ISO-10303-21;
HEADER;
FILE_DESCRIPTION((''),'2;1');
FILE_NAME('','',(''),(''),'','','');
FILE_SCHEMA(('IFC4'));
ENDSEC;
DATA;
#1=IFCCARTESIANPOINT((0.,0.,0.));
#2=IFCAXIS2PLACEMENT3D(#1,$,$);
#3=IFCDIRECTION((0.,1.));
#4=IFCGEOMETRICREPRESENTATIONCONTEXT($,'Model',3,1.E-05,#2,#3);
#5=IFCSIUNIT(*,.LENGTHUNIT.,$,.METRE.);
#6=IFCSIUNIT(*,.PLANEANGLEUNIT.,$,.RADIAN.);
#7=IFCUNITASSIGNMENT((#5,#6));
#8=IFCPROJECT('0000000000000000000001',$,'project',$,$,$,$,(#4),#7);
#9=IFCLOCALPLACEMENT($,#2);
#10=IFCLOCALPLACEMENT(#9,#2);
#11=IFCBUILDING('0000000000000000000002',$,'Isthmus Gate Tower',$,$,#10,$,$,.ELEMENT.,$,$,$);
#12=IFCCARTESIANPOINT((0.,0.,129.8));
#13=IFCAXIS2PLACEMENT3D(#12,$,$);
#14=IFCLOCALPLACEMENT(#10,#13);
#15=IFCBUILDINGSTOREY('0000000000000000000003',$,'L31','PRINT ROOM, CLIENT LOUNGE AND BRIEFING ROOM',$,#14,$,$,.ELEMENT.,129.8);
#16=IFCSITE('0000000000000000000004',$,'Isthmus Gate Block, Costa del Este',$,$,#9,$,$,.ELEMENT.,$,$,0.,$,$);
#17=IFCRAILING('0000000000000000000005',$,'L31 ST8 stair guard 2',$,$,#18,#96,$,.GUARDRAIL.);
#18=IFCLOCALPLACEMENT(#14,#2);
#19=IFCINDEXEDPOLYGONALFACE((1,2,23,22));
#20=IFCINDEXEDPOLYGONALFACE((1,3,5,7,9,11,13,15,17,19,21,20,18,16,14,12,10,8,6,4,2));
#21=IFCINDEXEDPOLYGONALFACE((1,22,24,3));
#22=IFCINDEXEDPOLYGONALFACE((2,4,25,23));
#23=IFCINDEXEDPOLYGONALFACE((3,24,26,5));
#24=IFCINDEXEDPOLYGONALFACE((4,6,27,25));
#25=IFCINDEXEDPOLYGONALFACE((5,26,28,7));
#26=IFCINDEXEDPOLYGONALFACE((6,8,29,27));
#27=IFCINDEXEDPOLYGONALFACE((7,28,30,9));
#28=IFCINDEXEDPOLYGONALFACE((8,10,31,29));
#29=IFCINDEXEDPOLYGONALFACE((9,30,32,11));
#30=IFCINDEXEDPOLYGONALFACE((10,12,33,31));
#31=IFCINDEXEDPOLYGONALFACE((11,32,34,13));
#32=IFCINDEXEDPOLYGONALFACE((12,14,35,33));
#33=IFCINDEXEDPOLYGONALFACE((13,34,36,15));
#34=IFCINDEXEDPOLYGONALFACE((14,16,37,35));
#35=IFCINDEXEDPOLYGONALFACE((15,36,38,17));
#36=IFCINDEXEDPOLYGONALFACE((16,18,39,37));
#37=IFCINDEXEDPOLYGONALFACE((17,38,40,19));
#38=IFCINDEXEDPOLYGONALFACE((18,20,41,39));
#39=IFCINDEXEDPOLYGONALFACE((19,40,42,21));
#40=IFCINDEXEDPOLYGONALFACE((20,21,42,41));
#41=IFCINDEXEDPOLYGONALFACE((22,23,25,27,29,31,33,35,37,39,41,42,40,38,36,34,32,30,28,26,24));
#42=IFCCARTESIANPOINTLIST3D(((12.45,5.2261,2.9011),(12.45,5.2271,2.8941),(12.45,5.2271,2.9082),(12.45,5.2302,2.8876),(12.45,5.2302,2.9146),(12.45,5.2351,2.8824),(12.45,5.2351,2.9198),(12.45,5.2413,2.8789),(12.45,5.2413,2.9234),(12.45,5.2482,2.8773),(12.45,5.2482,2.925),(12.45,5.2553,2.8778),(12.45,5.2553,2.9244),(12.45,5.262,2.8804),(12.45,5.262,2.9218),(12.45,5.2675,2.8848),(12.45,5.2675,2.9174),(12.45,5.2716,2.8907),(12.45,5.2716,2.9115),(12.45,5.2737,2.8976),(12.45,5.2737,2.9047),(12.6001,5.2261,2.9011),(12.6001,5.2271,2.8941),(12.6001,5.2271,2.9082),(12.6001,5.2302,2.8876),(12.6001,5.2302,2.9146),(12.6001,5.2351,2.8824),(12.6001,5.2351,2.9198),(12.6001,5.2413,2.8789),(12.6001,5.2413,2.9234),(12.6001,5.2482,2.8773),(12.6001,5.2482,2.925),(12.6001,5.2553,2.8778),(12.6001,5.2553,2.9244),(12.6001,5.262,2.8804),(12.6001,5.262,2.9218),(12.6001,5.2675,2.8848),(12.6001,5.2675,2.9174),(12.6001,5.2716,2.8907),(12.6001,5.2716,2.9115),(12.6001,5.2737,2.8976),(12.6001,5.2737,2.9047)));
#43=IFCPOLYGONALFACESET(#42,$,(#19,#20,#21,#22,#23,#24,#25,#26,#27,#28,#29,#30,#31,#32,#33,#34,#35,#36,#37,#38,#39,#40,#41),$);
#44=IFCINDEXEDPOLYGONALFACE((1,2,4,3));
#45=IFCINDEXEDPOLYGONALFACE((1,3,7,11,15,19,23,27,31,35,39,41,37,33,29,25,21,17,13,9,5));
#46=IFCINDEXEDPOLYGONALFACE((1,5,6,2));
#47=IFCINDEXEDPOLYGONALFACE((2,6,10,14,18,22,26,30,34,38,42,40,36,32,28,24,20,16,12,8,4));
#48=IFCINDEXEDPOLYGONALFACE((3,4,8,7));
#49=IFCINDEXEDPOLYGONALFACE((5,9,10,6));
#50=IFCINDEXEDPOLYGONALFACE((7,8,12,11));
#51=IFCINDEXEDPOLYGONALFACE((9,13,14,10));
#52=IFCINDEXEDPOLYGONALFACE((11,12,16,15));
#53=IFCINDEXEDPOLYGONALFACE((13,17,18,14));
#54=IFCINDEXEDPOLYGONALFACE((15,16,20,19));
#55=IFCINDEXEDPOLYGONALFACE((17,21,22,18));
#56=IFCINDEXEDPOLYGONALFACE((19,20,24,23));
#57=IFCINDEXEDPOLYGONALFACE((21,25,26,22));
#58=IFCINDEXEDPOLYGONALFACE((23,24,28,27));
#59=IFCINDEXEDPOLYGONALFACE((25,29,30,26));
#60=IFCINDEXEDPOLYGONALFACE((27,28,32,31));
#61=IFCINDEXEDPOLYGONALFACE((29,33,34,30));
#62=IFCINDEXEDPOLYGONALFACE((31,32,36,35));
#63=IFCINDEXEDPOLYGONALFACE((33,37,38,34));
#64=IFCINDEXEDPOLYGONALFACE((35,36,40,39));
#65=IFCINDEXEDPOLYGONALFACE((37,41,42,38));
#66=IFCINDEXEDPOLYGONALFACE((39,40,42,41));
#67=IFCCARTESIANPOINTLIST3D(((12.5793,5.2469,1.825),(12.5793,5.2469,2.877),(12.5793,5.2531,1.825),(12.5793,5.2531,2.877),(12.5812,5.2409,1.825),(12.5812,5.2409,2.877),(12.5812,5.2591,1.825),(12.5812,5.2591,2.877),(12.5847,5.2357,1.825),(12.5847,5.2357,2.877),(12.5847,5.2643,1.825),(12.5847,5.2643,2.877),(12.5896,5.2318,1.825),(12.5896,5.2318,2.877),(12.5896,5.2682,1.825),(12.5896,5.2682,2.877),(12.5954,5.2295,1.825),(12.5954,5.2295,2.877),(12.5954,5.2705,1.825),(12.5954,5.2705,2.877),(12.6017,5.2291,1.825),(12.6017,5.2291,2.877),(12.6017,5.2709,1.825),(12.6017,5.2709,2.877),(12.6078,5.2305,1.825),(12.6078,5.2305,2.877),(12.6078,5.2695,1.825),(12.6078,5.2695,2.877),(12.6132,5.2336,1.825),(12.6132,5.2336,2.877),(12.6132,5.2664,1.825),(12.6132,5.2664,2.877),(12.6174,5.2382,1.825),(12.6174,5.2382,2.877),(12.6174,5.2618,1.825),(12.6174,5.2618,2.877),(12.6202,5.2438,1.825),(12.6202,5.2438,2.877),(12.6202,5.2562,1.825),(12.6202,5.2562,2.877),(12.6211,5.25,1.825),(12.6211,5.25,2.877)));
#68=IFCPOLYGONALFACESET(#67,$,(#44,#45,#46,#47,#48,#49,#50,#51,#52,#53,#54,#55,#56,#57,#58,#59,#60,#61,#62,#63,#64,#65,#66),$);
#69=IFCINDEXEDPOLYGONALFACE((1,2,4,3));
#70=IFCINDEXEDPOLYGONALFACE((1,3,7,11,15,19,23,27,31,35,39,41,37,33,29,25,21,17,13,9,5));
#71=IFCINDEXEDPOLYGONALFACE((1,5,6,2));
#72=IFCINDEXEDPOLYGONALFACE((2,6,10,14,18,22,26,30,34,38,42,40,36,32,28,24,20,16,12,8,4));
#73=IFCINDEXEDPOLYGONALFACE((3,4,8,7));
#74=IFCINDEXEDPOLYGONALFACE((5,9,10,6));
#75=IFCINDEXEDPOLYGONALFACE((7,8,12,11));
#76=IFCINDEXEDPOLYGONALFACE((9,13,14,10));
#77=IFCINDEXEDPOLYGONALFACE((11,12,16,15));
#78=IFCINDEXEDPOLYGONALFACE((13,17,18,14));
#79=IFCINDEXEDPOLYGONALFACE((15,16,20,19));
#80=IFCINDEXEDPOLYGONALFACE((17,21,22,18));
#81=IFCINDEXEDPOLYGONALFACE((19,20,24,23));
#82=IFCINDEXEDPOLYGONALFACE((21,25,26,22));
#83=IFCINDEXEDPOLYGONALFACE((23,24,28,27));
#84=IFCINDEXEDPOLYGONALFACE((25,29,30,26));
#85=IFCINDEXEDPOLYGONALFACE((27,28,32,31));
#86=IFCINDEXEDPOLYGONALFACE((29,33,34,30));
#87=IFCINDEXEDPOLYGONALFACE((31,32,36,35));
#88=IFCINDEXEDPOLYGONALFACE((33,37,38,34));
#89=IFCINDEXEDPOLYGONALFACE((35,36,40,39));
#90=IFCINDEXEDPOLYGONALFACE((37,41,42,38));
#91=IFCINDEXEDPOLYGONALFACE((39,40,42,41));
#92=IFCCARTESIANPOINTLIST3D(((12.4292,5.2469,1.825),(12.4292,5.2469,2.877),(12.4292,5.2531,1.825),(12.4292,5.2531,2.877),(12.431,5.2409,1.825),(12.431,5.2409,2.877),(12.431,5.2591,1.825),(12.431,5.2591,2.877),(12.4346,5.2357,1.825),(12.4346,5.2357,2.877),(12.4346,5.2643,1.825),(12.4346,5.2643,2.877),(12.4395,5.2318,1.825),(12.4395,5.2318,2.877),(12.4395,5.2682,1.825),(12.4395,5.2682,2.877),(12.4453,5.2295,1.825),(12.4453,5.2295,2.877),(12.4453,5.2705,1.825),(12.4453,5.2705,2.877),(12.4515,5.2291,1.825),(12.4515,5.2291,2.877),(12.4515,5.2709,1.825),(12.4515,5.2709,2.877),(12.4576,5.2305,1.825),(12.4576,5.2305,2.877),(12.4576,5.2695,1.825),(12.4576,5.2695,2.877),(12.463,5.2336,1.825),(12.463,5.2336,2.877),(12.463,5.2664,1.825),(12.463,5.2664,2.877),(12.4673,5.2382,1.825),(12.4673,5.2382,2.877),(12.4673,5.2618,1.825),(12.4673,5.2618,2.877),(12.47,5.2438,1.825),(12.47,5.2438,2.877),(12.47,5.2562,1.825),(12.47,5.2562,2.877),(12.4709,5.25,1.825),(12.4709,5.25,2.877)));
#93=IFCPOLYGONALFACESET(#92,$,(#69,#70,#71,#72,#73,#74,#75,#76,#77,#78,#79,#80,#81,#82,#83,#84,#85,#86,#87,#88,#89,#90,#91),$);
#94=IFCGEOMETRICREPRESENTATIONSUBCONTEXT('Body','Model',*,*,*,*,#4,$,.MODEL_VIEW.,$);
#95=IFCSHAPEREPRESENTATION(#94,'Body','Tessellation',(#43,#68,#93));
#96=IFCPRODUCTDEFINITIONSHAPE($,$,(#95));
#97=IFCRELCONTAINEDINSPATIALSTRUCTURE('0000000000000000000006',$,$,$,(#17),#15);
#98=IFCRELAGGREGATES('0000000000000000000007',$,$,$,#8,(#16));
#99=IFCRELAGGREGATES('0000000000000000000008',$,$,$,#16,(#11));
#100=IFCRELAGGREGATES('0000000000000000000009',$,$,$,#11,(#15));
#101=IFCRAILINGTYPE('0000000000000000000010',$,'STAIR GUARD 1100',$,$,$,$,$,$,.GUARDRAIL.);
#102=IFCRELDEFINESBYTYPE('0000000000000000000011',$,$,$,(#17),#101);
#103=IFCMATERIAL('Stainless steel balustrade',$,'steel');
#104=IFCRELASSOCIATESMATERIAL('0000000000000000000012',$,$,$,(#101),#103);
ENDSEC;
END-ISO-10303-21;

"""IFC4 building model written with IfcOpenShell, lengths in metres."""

from ifc_helpers import new_model, si_unit, direction, frame, origin, origin_2d, place, context, subcontext, project, spatial, circle, extrude, material, type_object, element, save


model = new_model("IFC4")

# Units and contexts
model_context = context("Model", 3, precision=1e-05, world=origin(), true_north=direction((0.0, 1.0)))
body_context = subcontext(model_context, "Body", "Model", "MODEL_VIEW")
ifc_project = project(units=[si_unit("LENGTHUNIT", "METRE"), si_unit("PLANEANGLEUNIT", "RADIAN")], contexts=[model_context])

# Site, building, storey
site_placement = place(None, origin())
site = spatial("IfcSite", under=ifc_project, at=site_placement, Name="Isthmus Gate Block, Costa del Este", CompositionType="ELEMENT", RefElevation=0.0)
building_placement = place(site_placement, origin())
building = spatial("IfcBuilding", under=site, at=building_placement, Name="Isthmus Gate Tower", CompositionType="ELEMENT")
storey_placement = place(building_placement, frame((0.0, 0.0, 129.8)))
storey = spatial("IfcBuildingStorey", under=building, at=storey_placement, Name="L31", Description="PRINT ROOM, CLIENT LOUNGE AND BRIEFING ROOM", CompositionType="ELEMENT", Elevation=129.8)

# Railing
ifc_material_1 = material(Name="Stainless steel balustrade", Category="steel")
railing_type_1 = type_object("IfcRailingType", Name="STAIR GUARD 1100", PredefinedType="GUARDRAIL", material=ifc_material_1)
railing_1_placement = place(storey_placement, frame((12.6001, 5.25, 1.825)))
element("IfcRailing", 1, at=railing_1_placement, inside=storey, type_object=railing_type_1, Name="L31 ST8 stair guard 2", PredefinedType="GUARDRAIL", context=body_context, shape_type="SweptSolid", body=[
    extrude(circle(Radius=0.0239, at=origin_2d()), frame((0.0, 0.0, 1.0762), z_axis=(-1.0, 0.0, 0.0), x_axis=(0.0, -1.0, 0.0)), (0.0, 0.0, 1.0), 0.1501),
    extrude(circle(Radius=0.021, at=origin_2d()), origin(), (0.0, 0.0, 1.0), 1.052),
    extrude(circle(Radius=0.021, at=origin_2d()), frame((-0.1501, 0.0, 0.0)), (0.0, 0.0, 1.0), 1.052),
])

save(model, "model.ifc")
